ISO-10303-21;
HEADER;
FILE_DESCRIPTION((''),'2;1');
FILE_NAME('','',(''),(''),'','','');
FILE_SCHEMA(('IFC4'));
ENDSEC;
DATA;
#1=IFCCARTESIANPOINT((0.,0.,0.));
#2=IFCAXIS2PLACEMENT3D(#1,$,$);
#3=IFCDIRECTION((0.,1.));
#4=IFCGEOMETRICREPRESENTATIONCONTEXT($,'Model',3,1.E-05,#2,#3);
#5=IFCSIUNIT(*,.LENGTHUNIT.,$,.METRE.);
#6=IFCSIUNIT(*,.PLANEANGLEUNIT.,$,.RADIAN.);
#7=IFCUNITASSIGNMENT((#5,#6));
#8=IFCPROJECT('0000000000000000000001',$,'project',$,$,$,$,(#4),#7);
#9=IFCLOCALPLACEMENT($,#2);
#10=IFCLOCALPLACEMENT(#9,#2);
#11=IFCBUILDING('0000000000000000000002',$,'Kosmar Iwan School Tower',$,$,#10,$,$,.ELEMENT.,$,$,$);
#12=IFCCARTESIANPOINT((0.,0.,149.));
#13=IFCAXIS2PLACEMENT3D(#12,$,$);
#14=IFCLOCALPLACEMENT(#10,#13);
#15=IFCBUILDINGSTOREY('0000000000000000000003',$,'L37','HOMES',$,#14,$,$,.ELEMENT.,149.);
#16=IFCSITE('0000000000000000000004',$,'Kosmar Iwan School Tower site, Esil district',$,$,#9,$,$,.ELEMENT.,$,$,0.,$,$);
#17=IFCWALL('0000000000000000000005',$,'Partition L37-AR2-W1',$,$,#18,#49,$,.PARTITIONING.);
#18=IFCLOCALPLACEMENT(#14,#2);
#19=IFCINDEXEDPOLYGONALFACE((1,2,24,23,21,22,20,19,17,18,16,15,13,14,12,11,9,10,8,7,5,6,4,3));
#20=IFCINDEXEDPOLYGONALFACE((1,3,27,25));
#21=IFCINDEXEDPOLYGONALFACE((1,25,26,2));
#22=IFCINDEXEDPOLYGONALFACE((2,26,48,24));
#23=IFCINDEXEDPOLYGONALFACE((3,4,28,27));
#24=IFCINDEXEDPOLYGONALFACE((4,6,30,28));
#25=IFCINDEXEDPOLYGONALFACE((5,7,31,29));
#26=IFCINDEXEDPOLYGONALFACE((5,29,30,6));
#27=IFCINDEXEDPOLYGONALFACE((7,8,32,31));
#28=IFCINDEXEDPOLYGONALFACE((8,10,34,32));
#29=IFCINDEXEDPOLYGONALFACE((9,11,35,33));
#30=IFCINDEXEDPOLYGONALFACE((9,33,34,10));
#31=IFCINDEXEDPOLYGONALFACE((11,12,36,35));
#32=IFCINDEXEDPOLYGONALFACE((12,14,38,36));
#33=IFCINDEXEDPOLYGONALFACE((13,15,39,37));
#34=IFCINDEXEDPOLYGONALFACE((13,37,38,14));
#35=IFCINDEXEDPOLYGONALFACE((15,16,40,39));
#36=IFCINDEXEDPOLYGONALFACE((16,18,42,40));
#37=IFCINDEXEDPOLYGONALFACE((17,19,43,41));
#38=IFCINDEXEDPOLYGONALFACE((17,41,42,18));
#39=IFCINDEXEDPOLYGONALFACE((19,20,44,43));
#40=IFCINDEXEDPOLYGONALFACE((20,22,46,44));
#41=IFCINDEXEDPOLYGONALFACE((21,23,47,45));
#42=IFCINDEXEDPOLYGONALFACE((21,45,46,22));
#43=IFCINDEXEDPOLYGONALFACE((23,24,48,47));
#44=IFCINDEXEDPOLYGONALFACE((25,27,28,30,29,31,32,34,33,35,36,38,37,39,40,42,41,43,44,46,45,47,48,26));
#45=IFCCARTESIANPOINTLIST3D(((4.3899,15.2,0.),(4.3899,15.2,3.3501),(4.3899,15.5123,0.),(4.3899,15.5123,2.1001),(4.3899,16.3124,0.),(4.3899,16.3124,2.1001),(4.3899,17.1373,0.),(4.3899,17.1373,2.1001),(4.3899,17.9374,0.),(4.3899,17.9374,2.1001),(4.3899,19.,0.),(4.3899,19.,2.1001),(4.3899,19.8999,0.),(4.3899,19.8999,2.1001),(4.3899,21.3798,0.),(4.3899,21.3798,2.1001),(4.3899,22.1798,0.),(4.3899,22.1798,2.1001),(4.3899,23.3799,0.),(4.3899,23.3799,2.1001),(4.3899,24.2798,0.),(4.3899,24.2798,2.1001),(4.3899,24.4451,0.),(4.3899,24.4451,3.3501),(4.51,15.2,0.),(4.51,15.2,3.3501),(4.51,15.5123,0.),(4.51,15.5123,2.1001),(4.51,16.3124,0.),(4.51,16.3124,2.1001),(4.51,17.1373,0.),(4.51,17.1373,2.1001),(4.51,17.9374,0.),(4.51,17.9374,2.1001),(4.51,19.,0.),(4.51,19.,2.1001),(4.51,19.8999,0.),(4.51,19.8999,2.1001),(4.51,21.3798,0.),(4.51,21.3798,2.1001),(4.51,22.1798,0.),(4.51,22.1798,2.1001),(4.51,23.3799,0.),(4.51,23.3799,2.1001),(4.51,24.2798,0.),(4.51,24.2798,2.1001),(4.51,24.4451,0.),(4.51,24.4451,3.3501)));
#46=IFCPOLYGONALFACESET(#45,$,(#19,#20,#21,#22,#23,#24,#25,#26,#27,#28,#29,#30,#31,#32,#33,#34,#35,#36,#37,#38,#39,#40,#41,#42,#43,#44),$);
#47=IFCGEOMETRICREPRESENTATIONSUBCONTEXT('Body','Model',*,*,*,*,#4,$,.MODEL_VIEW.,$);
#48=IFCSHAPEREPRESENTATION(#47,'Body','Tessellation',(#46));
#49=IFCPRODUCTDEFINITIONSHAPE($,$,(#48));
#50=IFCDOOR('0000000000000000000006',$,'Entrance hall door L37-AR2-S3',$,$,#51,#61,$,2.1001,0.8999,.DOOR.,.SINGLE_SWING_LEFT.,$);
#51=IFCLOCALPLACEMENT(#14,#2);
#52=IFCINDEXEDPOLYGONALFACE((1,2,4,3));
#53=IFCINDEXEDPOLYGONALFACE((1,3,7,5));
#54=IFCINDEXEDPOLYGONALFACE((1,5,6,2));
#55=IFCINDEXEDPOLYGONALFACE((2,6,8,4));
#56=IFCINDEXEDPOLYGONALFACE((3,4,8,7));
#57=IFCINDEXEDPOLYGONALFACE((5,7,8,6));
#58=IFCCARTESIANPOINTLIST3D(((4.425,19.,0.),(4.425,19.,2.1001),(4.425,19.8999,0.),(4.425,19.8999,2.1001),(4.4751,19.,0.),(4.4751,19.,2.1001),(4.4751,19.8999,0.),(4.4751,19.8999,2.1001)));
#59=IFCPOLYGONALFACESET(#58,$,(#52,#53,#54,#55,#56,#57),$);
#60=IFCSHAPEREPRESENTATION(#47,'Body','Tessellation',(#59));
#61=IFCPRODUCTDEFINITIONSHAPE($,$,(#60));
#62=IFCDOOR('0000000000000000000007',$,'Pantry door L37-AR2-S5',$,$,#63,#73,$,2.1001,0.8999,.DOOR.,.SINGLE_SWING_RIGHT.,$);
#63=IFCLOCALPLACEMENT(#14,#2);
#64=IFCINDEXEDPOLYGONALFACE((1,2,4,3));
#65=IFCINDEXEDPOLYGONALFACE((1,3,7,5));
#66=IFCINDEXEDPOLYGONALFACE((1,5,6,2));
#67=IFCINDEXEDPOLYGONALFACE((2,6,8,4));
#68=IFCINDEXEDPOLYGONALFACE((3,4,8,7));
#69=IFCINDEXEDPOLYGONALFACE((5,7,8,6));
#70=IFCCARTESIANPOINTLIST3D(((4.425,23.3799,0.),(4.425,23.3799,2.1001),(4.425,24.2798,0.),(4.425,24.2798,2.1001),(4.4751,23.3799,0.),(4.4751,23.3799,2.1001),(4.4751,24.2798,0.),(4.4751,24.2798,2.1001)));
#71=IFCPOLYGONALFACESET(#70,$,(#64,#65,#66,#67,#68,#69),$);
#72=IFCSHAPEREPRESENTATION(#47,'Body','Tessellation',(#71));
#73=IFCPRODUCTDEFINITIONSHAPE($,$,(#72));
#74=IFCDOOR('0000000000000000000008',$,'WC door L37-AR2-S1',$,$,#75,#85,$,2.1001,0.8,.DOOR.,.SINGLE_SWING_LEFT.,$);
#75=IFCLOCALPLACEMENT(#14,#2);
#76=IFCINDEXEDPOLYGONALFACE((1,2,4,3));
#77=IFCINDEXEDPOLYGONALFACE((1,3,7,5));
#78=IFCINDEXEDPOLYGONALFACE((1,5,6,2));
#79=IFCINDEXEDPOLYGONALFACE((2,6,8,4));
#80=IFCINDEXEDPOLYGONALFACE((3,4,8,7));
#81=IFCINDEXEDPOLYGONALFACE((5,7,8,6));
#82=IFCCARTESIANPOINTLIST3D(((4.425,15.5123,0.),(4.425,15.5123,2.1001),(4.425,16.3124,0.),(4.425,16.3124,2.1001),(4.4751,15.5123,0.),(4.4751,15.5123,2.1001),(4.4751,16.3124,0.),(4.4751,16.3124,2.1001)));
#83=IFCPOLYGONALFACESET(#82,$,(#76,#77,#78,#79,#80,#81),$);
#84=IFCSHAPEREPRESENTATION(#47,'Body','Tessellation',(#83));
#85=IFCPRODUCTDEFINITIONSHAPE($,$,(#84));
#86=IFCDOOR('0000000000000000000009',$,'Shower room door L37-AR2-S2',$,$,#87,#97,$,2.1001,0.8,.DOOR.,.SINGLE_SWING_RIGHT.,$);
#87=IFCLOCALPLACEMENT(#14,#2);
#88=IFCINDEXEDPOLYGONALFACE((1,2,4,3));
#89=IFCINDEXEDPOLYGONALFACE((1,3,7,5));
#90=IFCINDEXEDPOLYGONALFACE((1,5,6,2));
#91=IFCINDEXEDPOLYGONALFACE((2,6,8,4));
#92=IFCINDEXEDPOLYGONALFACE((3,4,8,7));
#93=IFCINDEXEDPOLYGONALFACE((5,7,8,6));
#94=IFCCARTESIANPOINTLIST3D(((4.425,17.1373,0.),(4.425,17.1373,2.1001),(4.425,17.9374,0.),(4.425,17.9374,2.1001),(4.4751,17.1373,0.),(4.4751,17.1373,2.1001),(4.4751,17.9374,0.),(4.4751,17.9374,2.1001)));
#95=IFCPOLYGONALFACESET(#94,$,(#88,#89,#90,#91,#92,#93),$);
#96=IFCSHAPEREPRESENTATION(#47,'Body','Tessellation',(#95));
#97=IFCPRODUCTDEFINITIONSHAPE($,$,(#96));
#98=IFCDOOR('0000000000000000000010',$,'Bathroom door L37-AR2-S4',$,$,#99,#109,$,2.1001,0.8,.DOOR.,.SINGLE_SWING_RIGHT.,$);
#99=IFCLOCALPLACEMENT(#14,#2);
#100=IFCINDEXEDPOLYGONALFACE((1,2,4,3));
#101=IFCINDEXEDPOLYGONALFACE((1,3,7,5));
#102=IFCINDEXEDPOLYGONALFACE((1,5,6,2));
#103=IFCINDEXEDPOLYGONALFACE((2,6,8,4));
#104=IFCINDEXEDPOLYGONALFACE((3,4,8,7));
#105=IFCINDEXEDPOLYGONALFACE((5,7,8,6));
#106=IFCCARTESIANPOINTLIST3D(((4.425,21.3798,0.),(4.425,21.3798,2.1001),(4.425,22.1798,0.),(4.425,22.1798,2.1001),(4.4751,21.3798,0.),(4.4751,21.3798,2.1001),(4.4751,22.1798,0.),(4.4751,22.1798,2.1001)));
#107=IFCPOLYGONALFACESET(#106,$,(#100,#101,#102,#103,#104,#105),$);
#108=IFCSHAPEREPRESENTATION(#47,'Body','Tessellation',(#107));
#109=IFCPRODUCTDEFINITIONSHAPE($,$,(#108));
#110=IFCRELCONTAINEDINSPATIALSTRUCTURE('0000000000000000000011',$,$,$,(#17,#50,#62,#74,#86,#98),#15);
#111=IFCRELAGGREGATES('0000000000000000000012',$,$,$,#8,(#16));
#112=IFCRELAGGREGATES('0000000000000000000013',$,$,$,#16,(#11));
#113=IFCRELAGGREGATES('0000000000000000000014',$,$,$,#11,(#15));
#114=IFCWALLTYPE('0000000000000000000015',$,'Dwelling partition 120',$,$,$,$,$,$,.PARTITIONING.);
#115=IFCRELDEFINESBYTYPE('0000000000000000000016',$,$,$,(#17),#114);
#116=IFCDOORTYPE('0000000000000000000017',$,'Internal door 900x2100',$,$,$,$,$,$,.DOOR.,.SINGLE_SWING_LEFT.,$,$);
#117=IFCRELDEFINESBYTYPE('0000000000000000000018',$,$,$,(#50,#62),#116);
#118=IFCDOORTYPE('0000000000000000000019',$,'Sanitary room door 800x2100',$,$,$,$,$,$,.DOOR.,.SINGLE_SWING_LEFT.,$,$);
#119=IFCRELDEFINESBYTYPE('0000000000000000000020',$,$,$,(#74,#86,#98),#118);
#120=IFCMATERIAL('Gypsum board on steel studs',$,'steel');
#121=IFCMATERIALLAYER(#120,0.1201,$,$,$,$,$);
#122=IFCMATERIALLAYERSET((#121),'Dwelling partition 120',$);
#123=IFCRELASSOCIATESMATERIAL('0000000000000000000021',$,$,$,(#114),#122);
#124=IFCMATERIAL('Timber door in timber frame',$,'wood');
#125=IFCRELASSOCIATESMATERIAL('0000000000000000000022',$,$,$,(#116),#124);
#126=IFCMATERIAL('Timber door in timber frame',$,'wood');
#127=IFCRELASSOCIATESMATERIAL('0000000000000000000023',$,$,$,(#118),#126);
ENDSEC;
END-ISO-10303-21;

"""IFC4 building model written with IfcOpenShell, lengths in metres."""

from ifc_helpers import new_model, si_unit, direction, frame, frame_2d, origin, place, context, subcontext, project, spatial, rectangle, extrude, material, layer, layer_set, type_object, element, fill, save


model = new_model("IFC4")

# Units and contexts
model_context = context("Model", 3, precision=1e-05, world=origin(), true_north=direction((0.0, 1.0)))
body_context = subcontext(model_context, "Body", "Model", "MODEL_VIEW")
ifc_project = project(units=[si_unit("LENGTHUNIT", "METRE"), si_unit("PLANEANGLEUNIT", "RADIAN")], contexts=[model_context])

# Site, building, storey
site_placement = place(None, origin())
site = spatial("IfcSite", under=ifc_project, at=site_placement, Name="Kosmar Iwan School Tower site, Esil district", CompositionType="ELEMENT", RefElevation=0.0)
building_placement = place(site_placement, origin())
building = spatial("IfcBuilding", under=site, at=building_placement, Name="Kosmar Iwan School Tower", CompositionType="ELEMENT")
storey_placement = place(building_placement, frame((0.0, 0.0, 149.0)))
storey = spatial("IfcBuildingStorey", under=building, at=storey_placement, Name="L37", Description="HOMES", CompositionType="ELEMENT", Elevation=149.0)

# Shared definitions
ifc_material_1 = material(Name="Gypsum board on steel studs", Category="steel")
ifc_layer_1 = layer(ifc_material_1, 0.1201)
ifc_layer_set_1 = layer_set([ifc_layer_1], Name="Dwelling partition 120")
wall_type_1 = type_object("IfcWallType", Name="Dwelling partition 120", PredefinedType="PARTITIONING", material=ifc_layer_set_1)

# Wall, openings, doors
wall_1_placement = place(storey_placement, frame((4.45, 15.2, 0.0), z_axis=(0.0, 0.0, 1.0), x_axis=(0.0, 1.0, 0.0)))
wall_1 = element("IfcWall", 1, at=wall_1_placement, inside=storey, type_object=wall_type_1, Name="Partition L37-AR2-W1", PredefinedType="PARTITIONING", context=body_context, shape_type="SweptSolid", body=[
    extrude(rectangle(XDim=9.2451, YDim=0.1201, at=frame_2d((4.6226, 0.0))), origin(), (0.0, 0.0, 1.0), 3.3501),
])
opening_1_placement = place(wall_1_placement, frame((0.3125, 0.0, 0.0)))
opening_1 = element("IfcOpeningElement", 2, at=opening_1_placement, cuts=wall_1, PredefinedType="OPENING", context=body_context, shape_type="SweptSolid", body=[
    extrude(rectangle(XDim=0.8, YDim=2.1001, at=frame_2d((0.3999, 1.05))), frame((0.0, 0.072, 0.0), z_axis=(0.0, -1.0, 0.0), x_axis=(1.0, 0.0, 0.0)), (0.0, 0.0, 1.0), 0.144),
])
opening_2_placement = place(wall_1_placement, frame((1.9375, 0.0, 0.0)))
opening_2 = element("IfcOpeningElement", 3, at=opening_2_placement, cuts=wall_1, PredefinedType="OPENING", context=body_context, shape_type="SweptSolid", body=[
    extrude(rectangle(XDim=0.8, YDim=2.1001, at=frame_2d((0.3999, 1.05))), frame((0.0, 0.072, 0.0), z_axis=(0.0, -1.0, 0.0), x_axis=(1.0, 0.0, 0.0)), (0.0, 0.0, 1.0), 0.144),
])
opening_3_placement = place(wall_1_placement, frame((3.8, 0.0, 0.0)))
opening_3 = element("IfcOpeningElement", 4, at=opening_3_placement, cuts=wall_1, PredefinedType="OPENING", context=body_context, shape_type="SweptSolid", body=[
    extrude(rectangle(XDim=0.8999, YDim=2.1001, at=frame_2d((0.45, 1.05))), frame((0.0, 0.072, 0.0), z_axis=(0.0, -1.0, 0.0), x_axis=(1.0, 0.0, 0.0)), (0.0, 0.0, 1.0), 0.144),
])
opening_4_placement = place(wall_1_placement, frame((6.1799, 0.0, 0.0)))
opening_4 = element("IfcOpeningElement", 5, at=opening_4_placement, cuts=wall_1, PredefinedType="OPENING", context=body_context, shape_type="SweptSolid", body=[
    extrude(rectangle(XDim=0.8, YDim=2.1001, at=frame_2d((0.3999, 1.05))), frame((0.0, 0.072, 0.0), z_axis=(0.0, -1.0, 0.0), x_axis=(1.0, 0.0, 0.0)), (0.0, 0.0, 1.0), 0.144),
])
opening_5_placement = place(wall_1_placement, frame((8.1799, 0.0, 0.0)))
opening_5 = element("IfcOpeningElement", 6, at=opening_5_placement, cuts=wall_1, PredefinedType="OPENING", context=body_context, shape_type="SweptSolid", body=[
    extrude(rectangle(XDim=0.8999, YDim=2.1001, at=frame_2d((0.45, 1.05))), frame((0.0, 0.072, 0.0), z_axis=(0.0, -1.0, 0.0), x_axis=(1.0, 0.0, 0.0)), (0.0, 0.0, 1.0), 0.144),
])
ifc_material_2 = material(Name="Timber door in timber frame", Category="wood")
door_type_1 = type_object("IfcDoorType", Name="Internal door 900x2100", OperationType="SINGLE_SWING_LEFT", PredefinedType="DOOR", material=ifc_material_2)
door_1_placement = place(opening_3_placement, origin())
door_1 = element("IfcDoor", 7, at=door_1_placement, inside=storey, type_object=door_type_1, Name="Entrance hall door L37-AR2-S3", OperationType="SINGLE_SWING_LEFT", OverallHeight=2.1001, OverallWidth=0.8999, PredefinedType="DOOR", context=body_context, shape_type="SweptSolid", body=[
    extrude(rectangle(XDim=0.8999, YDim=2.1001, at=frame_2d((0.45, 1.05))), frame((0.0, 0.0249, 0.0), z_axis=(0.0, -1.0, 0.0), x_axis=(1.0, 0.0, 0.0)), (0.0, 0.0, 1.0), 0.05),
])
fill(opening_3, door_1)
door_2_placement = place(opening_5_placement, origin())
door_2 = element("IfcDoor", 8, at=door_2_placement, inside=storey, type_object=door_type_1, Name="Pantry door L37-AR2-S5", OperationType="SINGLE_SWING_RIGHT", OverallHeight=2.1001, OverallWidth=0.8999, PredefinedType="DOOR", context=body_context, shape_type="SweptSolid", body=[
    extrude(rectangle(XDim=0.8999, YDim=2.1001, at=frame_2d((0.45, 1.05))), frame((0.0, 0.0249, 0.0), z_axis=(0.0, -1.0, 0.0), x_axis=(1.0, 0.0, 0.0)), (0.0, 0.0, 1.0), 0.05),
])
fill(opening_5, door_2)
ifc_material_3 = material(Name="Timber door in timber frame", Category="wood")
door_type_2 = type_object("IfcDoorType", Name="Sanitary room door 800x2100", OperationType="SINGLE_SWING_LEFT", PredefinedType="DOOR", material=ifc_material_3)
door_3_placement = place(opening_1_placement, origin())
door_3 = element("IfcDoor", 9, at=door_3_placement, inside=storey, type_object=door_type_2, Name="WC door L37-AR2-S1", OperationType="SINGLE_SWING_LEFT", OverallHeight=2.1001, OverallWidth=0.8, PredefinedType="DOOR", context=body_context, shape_type="SweptSolid", body=[
    extrude(rectangle(XDim=0.8, YDim=2.1001, at=frame_2d((0.3999, 1.05))), frame((0.0, 0.0249, 0.0), z_axis=(0.0, -1.0, 0.0), x_axis=(1.0, 0.0, 0.0)), (0.0, 0.0, 1.0), 0.05),
])
fill(opening_1, door_3)
door_4_placement = place(opening_2_placement, origin())
door_4 = element("IfcDoor", 10, at=door_4_placement, inside=storey, type_object=door_type_2, Name="Shower room door L37-AR2-S2", OperationType="SINGLE_SWING_RIGHT", OverallHeight=2.1001, OverallWidth=0.8, PredefinedType="DOOR", context=body_context, shape_type="SweptSolid", body=[
    extrude(rectangle(XDim=0.8, YDim=2.1001, at=frame_2d((0.3999, 1.05))), frame((0.0, 0.0249, 0.0), z_axis=(0.0, -1.0, 0.0), x_axis=(1.0, 0.0, 0.0)), (0.0, 0.0, 1.0), 0.05),
])
fill(opening_2, door_4)
door_5_placement = place(opening_4_placement, origin())
door_5 = element("IfcDoor", 11, at=door_5_placement, inside=storey, type_object=door_type_2, Name="Bathroom door L37-AR2-S4", OperationType="SINGLE_SWING_RIGHT", OverallHeight=2.1001, OverallWidth=0.8, PredefinedType="DOOR", context=body_context, shape_type="SweptSolid", body=[
    extrude(rectangle(XDim=0.8, YDim=2.1001, at=frame_2d((0.3999, 1.05))), frame((0.0, 0.0249, 0.0), z_axis=(0.0, -1.0, 0.0), x_axis=(1.0, 0.0, 0.0)), (0.0, 0.0, 1.0), 0.05),
])
fill(opening_4, door_5)

save(model, "model.ifc")
